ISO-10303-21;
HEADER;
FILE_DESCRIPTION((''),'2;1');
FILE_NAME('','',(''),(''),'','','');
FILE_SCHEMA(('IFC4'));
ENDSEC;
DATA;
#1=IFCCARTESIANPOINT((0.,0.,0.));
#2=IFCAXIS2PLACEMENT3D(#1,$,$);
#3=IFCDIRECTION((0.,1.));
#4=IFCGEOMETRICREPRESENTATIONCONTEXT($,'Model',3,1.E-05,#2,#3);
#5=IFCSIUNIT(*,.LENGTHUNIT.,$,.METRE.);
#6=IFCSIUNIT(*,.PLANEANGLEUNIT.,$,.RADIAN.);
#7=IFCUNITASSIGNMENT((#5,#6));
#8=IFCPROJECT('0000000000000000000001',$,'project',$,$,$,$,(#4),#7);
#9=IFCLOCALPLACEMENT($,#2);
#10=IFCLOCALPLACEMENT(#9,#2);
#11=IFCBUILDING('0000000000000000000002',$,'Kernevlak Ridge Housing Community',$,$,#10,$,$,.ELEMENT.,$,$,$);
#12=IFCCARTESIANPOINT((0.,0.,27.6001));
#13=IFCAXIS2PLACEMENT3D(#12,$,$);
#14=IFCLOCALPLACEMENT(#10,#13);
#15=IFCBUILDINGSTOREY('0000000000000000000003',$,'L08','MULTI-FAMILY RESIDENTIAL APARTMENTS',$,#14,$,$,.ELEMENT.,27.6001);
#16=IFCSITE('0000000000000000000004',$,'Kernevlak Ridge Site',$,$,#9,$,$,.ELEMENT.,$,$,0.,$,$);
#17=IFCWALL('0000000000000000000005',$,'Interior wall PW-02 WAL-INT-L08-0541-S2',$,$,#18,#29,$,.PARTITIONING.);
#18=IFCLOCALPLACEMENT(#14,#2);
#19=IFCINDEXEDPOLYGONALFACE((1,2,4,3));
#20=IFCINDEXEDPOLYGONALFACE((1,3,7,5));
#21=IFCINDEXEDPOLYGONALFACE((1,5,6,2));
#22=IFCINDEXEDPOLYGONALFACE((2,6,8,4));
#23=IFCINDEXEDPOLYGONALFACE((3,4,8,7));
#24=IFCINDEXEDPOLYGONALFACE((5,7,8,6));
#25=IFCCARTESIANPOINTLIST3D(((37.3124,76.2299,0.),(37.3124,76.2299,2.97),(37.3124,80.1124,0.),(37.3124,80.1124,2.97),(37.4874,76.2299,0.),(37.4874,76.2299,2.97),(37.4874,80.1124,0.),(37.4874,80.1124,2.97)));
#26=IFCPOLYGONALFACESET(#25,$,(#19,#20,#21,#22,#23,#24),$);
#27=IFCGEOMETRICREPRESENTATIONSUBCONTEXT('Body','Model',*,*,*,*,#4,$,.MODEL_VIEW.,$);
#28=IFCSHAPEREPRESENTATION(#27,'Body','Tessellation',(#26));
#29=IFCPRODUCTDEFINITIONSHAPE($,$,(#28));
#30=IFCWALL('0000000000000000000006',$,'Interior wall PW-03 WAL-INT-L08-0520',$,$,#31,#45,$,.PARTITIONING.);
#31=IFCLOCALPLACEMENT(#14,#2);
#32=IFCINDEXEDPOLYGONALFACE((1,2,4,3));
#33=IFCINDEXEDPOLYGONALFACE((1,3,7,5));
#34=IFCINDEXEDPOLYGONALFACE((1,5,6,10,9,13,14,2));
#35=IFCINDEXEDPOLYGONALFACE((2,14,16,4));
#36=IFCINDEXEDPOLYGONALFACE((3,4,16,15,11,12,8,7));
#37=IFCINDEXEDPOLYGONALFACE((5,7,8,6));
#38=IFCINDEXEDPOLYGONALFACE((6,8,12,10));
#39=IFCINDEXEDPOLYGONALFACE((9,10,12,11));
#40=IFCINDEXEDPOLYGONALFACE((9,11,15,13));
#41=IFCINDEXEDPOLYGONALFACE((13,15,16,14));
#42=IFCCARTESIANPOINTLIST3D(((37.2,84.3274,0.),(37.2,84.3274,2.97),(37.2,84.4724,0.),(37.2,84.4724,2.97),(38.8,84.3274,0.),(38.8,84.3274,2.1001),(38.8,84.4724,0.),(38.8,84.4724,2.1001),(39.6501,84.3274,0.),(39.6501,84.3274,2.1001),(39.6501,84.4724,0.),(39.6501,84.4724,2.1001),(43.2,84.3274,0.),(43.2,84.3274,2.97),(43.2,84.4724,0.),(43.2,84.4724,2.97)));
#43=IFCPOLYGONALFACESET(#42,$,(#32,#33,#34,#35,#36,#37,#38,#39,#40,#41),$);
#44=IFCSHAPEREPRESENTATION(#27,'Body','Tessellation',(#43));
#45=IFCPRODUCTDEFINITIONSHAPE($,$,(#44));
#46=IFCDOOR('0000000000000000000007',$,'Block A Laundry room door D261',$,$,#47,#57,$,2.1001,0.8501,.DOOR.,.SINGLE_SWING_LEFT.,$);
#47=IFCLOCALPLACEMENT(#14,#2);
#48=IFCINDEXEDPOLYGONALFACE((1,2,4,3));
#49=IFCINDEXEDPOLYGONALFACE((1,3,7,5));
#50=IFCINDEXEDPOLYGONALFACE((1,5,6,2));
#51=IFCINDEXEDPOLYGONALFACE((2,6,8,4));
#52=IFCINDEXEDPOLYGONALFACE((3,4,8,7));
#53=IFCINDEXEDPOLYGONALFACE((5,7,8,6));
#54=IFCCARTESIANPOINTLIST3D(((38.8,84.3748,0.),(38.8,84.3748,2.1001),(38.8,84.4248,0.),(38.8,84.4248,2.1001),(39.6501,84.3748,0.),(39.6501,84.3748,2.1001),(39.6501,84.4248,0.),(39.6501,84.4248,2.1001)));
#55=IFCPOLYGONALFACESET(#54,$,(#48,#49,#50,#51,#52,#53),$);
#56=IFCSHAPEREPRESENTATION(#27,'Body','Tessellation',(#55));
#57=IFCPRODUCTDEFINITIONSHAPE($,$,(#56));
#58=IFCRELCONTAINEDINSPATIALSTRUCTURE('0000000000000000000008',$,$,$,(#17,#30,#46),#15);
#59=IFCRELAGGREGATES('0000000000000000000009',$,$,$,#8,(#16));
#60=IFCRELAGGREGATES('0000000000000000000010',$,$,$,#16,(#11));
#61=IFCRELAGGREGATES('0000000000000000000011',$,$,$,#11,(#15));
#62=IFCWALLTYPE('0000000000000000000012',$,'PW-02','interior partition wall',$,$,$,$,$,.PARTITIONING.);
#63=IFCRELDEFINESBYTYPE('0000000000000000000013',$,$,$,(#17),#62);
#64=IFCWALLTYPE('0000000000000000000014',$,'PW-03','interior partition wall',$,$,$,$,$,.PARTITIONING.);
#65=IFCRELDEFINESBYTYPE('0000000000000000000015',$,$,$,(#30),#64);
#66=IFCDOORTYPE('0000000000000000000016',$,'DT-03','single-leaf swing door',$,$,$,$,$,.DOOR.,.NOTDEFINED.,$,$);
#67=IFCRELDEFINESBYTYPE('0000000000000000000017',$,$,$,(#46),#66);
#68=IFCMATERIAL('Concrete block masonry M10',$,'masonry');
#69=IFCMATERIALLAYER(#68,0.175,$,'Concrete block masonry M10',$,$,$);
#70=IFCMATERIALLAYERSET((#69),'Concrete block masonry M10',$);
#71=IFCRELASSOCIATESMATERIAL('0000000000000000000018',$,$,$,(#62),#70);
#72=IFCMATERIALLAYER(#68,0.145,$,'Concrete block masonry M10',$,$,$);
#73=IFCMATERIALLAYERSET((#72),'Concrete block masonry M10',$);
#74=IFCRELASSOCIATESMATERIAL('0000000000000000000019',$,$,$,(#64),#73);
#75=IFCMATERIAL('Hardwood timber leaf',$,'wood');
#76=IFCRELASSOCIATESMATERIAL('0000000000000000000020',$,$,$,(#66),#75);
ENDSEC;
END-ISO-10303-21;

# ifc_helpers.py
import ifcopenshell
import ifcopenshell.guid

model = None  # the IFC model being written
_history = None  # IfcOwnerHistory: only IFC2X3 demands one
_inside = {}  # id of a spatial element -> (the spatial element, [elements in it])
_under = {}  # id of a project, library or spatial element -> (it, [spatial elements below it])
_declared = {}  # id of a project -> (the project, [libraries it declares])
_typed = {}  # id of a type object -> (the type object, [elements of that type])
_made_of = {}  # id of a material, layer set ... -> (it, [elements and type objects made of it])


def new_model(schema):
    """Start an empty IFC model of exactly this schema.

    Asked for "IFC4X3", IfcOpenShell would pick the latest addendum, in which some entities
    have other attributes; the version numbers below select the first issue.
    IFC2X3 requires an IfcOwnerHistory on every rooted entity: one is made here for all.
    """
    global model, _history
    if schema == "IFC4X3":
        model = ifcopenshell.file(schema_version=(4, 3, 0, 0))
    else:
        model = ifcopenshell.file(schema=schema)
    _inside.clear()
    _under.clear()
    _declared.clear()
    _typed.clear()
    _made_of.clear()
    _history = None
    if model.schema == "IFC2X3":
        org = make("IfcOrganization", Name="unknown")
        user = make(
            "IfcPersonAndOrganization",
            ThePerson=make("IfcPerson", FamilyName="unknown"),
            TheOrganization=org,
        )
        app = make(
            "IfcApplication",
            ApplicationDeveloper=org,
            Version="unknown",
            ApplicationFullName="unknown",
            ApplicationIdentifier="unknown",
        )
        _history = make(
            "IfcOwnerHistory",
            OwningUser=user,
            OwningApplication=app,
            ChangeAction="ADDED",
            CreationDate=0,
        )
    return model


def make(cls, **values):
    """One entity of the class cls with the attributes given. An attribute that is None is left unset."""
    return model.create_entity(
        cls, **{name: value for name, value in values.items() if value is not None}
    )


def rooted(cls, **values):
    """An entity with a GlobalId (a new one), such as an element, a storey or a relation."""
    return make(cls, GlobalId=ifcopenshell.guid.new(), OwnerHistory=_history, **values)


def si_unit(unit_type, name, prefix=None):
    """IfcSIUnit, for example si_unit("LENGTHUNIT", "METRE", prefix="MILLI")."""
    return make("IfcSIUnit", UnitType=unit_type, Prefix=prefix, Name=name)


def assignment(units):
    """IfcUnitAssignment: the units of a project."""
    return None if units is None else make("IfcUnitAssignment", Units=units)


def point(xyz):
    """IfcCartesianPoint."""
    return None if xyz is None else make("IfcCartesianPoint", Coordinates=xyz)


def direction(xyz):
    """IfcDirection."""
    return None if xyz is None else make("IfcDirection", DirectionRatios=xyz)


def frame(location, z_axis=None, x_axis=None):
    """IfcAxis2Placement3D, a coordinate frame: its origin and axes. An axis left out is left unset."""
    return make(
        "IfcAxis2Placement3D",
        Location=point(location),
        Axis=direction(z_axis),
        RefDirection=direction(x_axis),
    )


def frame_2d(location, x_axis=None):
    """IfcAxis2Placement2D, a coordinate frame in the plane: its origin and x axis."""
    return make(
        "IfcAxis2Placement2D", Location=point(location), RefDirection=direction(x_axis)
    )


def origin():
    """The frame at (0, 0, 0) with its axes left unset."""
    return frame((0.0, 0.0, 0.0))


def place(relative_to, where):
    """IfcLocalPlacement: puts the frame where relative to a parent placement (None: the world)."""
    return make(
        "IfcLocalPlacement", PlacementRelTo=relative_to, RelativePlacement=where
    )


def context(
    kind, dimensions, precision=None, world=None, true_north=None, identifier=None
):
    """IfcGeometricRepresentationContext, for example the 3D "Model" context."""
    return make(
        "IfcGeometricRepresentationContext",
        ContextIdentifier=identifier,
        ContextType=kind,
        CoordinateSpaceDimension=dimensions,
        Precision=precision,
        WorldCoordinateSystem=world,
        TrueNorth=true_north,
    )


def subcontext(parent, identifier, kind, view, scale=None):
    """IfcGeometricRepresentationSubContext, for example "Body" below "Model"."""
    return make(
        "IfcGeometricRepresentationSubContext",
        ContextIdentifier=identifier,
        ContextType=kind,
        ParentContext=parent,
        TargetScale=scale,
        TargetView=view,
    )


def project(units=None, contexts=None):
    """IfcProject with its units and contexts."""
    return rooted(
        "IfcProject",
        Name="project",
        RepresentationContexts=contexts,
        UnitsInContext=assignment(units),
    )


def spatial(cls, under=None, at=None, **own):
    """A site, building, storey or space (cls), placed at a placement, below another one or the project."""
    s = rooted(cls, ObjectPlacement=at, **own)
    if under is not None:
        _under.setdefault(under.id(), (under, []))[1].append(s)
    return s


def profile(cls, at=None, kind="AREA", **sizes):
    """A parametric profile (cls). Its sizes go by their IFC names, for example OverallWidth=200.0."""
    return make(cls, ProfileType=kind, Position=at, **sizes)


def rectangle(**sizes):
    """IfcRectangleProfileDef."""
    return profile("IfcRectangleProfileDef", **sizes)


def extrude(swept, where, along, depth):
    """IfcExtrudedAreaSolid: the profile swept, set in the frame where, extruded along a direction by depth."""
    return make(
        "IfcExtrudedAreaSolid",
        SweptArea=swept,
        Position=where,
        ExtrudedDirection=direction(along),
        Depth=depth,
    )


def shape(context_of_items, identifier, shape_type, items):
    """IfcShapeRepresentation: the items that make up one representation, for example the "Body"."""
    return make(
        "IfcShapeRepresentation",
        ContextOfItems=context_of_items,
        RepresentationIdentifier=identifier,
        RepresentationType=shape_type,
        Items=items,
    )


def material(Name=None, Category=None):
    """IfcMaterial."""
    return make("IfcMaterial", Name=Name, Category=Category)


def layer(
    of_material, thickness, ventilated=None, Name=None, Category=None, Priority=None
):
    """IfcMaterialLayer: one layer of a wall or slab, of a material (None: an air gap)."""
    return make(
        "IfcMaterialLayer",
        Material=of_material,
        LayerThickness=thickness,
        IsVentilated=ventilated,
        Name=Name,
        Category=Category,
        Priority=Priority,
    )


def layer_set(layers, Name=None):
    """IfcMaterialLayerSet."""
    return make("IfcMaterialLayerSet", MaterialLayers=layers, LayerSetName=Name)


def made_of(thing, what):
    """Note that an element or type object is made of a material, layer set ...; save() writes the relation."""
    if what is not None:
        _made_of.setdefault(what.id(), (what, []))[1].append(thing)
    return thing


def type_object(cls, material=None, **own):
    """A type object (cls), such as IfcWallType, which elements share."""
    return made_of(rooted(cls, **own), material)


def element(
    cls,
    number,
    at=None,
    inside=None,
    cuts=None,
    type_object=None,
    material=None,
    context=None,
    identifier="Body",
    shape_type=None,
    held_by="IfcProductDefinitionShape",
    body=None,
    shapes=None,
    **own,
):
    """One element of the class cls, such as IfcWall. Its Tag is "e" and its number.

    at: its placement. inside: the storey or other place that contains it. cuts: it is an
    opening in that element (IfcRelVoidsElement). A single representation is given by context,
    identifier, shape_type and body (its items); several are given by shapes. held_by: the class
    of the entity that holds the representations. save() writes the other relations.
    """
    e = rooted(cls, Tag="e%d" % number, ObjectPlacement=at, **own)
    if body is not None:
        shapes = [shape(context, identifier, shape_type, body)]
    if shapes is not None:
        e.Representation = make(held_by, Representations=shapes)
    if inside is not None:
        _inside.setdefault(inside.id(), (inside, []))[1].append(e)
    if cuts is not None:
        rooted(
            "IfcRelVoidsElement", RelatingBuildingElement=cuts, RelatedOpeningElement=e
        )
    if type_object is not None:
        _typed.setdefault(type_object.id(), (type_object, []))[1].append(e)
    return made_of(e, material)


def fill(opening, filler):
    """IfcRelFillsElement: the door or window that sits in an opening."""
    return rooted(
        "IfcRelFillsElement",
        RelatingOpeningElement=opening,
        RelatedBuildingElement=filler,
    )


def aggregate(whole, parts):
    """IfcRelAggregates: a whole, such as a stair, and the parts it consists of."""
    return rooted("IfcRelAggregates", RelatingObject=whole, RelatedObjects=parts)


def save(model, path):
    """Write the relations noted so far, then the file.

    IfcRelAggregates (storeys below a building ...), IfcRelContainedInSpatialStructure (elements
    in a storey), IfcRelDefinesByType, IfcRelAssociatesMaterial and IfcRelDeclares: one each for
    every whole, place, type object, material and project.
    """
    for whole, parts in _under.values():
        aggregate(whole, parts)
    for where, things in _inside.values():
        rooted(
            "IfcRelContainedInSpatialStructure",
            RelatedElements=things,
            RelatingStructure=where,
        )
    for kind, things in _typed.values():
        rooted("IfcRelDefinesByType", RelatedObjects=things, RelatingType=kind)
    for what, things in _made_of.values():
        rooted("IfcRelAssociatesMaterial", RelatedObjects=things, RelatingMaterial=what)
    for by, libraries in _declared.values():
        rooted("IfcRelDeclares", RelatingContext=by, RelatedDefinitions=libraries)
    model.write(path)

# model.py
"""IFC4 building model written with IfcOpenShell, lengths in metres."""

from ifc_helpers import new_model, si_unit, direction, frame, frame_2d, origin, place, context, subcontext, project, spatial, rectangle, extrude, material, layer, layer_set, type_object, element, fill, save


model = new_model("IFC4")

# Units and contexts
model_context = context("Model", 3, precision=1e-05, world=origin(), true_north=direction((0.0, 1.0)))
body_context = subcontext(model_context, "Body", "Model", "MODEL_VIEW")
ifc_project = project(units=[si_unit("LENGTHUNIT", "METRE"), si_unit("PLANEANGLEUNIT", "RADIAN")], contexts=[model_context])

# Site, building, storey
site_placement = place(None, origin())
site = spatial("IfcSite", under=ifc_project, at=site_placement, Name="Kernevlak Ridge Site", CompositionType="ELEMENT", RefElevation=0.0)
building_placement = place(site_placement, origin())
building = spatial("IfcBuilding", under=site, at=building_placement, Name="Kernevlak Ridge Housing Community", CompositionType="ELEMENT")
storey_placement = place(building_placement, frame((0.0, 0.0, 27.6001)))
storey = spatial("IfcBuildingStorey", under=building, at=storey_placement, Name="L08", Description="MULTI-FAMILY RESIDENTIAL APARTMENTS", CompositionType="ELEMENT", Elevation=27.6001)

# Shared definitions
ifc_material_1 = material(Name="Concrete block masonry M10", Category="masonry")

# Wall
ifc_layer_1 = layer(ifc_material_1, 0.175, Name="Concrete block masonry M10")
ifc_layer_set_1 = layer_set([ifc_layer_1], Name="Concrete block masonry M10")
wall_type_1 = type_object("IfcWallType", Name="PW-02", Description="interior partition wall", PredefinedType="PARTITIONING", material=ifc_layer_set_1)
wall_1_placement = place(storey_placement, frame((37.3999, 80.1125, 0.0), z_axis=(0.0, 0.0, 1.0), x_axis=(0.0, -1.0, 0.0)))
element("IfcWall", 1, at=wall_1_placement, inside=storey, type_object=wall_type_1, Name="Interior wall PW-02 WAL-INT-L08-0541-S2", PredefinedType="PARTITIONING", context=body_context, shape_type="SweptSolid", body=[
    extrude(rectangle(XDim=3.8826, YDim=0.175, at=frame_2d((1.9414, 0.0))), origin(), (0.0, 0.0, 1.0), 2.97),
])

# Wall, opening, door
ifc_layer_2 = layer(ifc_material_1, 0.145, Name="Concrete block masonry M10")
ifc_layer_set_2 = layer_set([ifc_layer_2], Name="Concrete block masonry M10")
wall_type_2 = type_object("IfcWallType", Name="PW-03", Description="interior partition wall", PredefinedType="PARTITIONING", material=ifc_layer_set_2)
wall_2_placement = place(storey_placement, frame((37.2, 84.3999, 0.0), z_axis=(0.0, 0.0, 1.0), x_axis=(1.0, 0.0, 0.0)))
wall_2 = element("IfcWall", 2, at=wall_2_placement, inside=storey, type_object=wall_type_2, Name="Interior wall PW-03 WAL-INT-L08-0520", PredefinedType="PARTITIONING", context=body_context, shape_type="SweptSolid", body=[
    extrude(rectangle(XDim=6.0, YDim=0.145, at=frame_2d((3.0, 0.0))), origin(), (0.0, 0.0, 1.0), 2.97),
])
opening_1_placement = place(wall_2_placement, frame((1.6001, 0.0, 0.0)))
opening_1 = element("IfcOpeningElement", 3, at=opening_1_placement, cuts=wall_2, PredefinedType="OPENING", context=body_context, shape_type="SweptSolid", body=[
    extrude(rectangle(XDim=0.8501, YDim=2.1001, at=frame_2d((0.425, 1.05))), frame((0.0, 0.0825, 0.0), z_axis=(0.0, -1.0, 0.0), x_axis=(1.0, 0.0, 0.0)), (0.0, 0.0, 1.0), 0.165),
])
ifc_material_2 = material(Name="Hardwood timber leaf", Category="wood")
door_type_1 = type_object("IfcDoorType", Name="DT-03", Description="single-leaf swing door", OperationType="NOTDEFINED", PredefinedType="DOOR", material=ifc_material_2)
door_1_placement = place(opening_1_placement, origin())
door_1 = element("IfcDoor", 4, at=door_1_placement, inside=storey, type_object=door_type_1, Name="Block A Laundry room door D261", OperationType="SINGLE_SWING_LEFT", OverallHeight=2.1001, OverallWidth=0.8501, PredefinedType="DOOR", context=body_context, shape_type="SweptSolid", body=[
    extrude(rectangle(XDim=0.8501, YDim=2.1001, at=frame_2d((0.425, 1.05))), frame((0.0, 0.0249, 0.0), z_axis=(0.0, -1.0, 0.0), x_axis=(1.0, 0.0, 0.0)), (0.0, 0.0, 1.0), 0.05),
])
fill(opening_1, door_1)

save(model, "model.ifc")
